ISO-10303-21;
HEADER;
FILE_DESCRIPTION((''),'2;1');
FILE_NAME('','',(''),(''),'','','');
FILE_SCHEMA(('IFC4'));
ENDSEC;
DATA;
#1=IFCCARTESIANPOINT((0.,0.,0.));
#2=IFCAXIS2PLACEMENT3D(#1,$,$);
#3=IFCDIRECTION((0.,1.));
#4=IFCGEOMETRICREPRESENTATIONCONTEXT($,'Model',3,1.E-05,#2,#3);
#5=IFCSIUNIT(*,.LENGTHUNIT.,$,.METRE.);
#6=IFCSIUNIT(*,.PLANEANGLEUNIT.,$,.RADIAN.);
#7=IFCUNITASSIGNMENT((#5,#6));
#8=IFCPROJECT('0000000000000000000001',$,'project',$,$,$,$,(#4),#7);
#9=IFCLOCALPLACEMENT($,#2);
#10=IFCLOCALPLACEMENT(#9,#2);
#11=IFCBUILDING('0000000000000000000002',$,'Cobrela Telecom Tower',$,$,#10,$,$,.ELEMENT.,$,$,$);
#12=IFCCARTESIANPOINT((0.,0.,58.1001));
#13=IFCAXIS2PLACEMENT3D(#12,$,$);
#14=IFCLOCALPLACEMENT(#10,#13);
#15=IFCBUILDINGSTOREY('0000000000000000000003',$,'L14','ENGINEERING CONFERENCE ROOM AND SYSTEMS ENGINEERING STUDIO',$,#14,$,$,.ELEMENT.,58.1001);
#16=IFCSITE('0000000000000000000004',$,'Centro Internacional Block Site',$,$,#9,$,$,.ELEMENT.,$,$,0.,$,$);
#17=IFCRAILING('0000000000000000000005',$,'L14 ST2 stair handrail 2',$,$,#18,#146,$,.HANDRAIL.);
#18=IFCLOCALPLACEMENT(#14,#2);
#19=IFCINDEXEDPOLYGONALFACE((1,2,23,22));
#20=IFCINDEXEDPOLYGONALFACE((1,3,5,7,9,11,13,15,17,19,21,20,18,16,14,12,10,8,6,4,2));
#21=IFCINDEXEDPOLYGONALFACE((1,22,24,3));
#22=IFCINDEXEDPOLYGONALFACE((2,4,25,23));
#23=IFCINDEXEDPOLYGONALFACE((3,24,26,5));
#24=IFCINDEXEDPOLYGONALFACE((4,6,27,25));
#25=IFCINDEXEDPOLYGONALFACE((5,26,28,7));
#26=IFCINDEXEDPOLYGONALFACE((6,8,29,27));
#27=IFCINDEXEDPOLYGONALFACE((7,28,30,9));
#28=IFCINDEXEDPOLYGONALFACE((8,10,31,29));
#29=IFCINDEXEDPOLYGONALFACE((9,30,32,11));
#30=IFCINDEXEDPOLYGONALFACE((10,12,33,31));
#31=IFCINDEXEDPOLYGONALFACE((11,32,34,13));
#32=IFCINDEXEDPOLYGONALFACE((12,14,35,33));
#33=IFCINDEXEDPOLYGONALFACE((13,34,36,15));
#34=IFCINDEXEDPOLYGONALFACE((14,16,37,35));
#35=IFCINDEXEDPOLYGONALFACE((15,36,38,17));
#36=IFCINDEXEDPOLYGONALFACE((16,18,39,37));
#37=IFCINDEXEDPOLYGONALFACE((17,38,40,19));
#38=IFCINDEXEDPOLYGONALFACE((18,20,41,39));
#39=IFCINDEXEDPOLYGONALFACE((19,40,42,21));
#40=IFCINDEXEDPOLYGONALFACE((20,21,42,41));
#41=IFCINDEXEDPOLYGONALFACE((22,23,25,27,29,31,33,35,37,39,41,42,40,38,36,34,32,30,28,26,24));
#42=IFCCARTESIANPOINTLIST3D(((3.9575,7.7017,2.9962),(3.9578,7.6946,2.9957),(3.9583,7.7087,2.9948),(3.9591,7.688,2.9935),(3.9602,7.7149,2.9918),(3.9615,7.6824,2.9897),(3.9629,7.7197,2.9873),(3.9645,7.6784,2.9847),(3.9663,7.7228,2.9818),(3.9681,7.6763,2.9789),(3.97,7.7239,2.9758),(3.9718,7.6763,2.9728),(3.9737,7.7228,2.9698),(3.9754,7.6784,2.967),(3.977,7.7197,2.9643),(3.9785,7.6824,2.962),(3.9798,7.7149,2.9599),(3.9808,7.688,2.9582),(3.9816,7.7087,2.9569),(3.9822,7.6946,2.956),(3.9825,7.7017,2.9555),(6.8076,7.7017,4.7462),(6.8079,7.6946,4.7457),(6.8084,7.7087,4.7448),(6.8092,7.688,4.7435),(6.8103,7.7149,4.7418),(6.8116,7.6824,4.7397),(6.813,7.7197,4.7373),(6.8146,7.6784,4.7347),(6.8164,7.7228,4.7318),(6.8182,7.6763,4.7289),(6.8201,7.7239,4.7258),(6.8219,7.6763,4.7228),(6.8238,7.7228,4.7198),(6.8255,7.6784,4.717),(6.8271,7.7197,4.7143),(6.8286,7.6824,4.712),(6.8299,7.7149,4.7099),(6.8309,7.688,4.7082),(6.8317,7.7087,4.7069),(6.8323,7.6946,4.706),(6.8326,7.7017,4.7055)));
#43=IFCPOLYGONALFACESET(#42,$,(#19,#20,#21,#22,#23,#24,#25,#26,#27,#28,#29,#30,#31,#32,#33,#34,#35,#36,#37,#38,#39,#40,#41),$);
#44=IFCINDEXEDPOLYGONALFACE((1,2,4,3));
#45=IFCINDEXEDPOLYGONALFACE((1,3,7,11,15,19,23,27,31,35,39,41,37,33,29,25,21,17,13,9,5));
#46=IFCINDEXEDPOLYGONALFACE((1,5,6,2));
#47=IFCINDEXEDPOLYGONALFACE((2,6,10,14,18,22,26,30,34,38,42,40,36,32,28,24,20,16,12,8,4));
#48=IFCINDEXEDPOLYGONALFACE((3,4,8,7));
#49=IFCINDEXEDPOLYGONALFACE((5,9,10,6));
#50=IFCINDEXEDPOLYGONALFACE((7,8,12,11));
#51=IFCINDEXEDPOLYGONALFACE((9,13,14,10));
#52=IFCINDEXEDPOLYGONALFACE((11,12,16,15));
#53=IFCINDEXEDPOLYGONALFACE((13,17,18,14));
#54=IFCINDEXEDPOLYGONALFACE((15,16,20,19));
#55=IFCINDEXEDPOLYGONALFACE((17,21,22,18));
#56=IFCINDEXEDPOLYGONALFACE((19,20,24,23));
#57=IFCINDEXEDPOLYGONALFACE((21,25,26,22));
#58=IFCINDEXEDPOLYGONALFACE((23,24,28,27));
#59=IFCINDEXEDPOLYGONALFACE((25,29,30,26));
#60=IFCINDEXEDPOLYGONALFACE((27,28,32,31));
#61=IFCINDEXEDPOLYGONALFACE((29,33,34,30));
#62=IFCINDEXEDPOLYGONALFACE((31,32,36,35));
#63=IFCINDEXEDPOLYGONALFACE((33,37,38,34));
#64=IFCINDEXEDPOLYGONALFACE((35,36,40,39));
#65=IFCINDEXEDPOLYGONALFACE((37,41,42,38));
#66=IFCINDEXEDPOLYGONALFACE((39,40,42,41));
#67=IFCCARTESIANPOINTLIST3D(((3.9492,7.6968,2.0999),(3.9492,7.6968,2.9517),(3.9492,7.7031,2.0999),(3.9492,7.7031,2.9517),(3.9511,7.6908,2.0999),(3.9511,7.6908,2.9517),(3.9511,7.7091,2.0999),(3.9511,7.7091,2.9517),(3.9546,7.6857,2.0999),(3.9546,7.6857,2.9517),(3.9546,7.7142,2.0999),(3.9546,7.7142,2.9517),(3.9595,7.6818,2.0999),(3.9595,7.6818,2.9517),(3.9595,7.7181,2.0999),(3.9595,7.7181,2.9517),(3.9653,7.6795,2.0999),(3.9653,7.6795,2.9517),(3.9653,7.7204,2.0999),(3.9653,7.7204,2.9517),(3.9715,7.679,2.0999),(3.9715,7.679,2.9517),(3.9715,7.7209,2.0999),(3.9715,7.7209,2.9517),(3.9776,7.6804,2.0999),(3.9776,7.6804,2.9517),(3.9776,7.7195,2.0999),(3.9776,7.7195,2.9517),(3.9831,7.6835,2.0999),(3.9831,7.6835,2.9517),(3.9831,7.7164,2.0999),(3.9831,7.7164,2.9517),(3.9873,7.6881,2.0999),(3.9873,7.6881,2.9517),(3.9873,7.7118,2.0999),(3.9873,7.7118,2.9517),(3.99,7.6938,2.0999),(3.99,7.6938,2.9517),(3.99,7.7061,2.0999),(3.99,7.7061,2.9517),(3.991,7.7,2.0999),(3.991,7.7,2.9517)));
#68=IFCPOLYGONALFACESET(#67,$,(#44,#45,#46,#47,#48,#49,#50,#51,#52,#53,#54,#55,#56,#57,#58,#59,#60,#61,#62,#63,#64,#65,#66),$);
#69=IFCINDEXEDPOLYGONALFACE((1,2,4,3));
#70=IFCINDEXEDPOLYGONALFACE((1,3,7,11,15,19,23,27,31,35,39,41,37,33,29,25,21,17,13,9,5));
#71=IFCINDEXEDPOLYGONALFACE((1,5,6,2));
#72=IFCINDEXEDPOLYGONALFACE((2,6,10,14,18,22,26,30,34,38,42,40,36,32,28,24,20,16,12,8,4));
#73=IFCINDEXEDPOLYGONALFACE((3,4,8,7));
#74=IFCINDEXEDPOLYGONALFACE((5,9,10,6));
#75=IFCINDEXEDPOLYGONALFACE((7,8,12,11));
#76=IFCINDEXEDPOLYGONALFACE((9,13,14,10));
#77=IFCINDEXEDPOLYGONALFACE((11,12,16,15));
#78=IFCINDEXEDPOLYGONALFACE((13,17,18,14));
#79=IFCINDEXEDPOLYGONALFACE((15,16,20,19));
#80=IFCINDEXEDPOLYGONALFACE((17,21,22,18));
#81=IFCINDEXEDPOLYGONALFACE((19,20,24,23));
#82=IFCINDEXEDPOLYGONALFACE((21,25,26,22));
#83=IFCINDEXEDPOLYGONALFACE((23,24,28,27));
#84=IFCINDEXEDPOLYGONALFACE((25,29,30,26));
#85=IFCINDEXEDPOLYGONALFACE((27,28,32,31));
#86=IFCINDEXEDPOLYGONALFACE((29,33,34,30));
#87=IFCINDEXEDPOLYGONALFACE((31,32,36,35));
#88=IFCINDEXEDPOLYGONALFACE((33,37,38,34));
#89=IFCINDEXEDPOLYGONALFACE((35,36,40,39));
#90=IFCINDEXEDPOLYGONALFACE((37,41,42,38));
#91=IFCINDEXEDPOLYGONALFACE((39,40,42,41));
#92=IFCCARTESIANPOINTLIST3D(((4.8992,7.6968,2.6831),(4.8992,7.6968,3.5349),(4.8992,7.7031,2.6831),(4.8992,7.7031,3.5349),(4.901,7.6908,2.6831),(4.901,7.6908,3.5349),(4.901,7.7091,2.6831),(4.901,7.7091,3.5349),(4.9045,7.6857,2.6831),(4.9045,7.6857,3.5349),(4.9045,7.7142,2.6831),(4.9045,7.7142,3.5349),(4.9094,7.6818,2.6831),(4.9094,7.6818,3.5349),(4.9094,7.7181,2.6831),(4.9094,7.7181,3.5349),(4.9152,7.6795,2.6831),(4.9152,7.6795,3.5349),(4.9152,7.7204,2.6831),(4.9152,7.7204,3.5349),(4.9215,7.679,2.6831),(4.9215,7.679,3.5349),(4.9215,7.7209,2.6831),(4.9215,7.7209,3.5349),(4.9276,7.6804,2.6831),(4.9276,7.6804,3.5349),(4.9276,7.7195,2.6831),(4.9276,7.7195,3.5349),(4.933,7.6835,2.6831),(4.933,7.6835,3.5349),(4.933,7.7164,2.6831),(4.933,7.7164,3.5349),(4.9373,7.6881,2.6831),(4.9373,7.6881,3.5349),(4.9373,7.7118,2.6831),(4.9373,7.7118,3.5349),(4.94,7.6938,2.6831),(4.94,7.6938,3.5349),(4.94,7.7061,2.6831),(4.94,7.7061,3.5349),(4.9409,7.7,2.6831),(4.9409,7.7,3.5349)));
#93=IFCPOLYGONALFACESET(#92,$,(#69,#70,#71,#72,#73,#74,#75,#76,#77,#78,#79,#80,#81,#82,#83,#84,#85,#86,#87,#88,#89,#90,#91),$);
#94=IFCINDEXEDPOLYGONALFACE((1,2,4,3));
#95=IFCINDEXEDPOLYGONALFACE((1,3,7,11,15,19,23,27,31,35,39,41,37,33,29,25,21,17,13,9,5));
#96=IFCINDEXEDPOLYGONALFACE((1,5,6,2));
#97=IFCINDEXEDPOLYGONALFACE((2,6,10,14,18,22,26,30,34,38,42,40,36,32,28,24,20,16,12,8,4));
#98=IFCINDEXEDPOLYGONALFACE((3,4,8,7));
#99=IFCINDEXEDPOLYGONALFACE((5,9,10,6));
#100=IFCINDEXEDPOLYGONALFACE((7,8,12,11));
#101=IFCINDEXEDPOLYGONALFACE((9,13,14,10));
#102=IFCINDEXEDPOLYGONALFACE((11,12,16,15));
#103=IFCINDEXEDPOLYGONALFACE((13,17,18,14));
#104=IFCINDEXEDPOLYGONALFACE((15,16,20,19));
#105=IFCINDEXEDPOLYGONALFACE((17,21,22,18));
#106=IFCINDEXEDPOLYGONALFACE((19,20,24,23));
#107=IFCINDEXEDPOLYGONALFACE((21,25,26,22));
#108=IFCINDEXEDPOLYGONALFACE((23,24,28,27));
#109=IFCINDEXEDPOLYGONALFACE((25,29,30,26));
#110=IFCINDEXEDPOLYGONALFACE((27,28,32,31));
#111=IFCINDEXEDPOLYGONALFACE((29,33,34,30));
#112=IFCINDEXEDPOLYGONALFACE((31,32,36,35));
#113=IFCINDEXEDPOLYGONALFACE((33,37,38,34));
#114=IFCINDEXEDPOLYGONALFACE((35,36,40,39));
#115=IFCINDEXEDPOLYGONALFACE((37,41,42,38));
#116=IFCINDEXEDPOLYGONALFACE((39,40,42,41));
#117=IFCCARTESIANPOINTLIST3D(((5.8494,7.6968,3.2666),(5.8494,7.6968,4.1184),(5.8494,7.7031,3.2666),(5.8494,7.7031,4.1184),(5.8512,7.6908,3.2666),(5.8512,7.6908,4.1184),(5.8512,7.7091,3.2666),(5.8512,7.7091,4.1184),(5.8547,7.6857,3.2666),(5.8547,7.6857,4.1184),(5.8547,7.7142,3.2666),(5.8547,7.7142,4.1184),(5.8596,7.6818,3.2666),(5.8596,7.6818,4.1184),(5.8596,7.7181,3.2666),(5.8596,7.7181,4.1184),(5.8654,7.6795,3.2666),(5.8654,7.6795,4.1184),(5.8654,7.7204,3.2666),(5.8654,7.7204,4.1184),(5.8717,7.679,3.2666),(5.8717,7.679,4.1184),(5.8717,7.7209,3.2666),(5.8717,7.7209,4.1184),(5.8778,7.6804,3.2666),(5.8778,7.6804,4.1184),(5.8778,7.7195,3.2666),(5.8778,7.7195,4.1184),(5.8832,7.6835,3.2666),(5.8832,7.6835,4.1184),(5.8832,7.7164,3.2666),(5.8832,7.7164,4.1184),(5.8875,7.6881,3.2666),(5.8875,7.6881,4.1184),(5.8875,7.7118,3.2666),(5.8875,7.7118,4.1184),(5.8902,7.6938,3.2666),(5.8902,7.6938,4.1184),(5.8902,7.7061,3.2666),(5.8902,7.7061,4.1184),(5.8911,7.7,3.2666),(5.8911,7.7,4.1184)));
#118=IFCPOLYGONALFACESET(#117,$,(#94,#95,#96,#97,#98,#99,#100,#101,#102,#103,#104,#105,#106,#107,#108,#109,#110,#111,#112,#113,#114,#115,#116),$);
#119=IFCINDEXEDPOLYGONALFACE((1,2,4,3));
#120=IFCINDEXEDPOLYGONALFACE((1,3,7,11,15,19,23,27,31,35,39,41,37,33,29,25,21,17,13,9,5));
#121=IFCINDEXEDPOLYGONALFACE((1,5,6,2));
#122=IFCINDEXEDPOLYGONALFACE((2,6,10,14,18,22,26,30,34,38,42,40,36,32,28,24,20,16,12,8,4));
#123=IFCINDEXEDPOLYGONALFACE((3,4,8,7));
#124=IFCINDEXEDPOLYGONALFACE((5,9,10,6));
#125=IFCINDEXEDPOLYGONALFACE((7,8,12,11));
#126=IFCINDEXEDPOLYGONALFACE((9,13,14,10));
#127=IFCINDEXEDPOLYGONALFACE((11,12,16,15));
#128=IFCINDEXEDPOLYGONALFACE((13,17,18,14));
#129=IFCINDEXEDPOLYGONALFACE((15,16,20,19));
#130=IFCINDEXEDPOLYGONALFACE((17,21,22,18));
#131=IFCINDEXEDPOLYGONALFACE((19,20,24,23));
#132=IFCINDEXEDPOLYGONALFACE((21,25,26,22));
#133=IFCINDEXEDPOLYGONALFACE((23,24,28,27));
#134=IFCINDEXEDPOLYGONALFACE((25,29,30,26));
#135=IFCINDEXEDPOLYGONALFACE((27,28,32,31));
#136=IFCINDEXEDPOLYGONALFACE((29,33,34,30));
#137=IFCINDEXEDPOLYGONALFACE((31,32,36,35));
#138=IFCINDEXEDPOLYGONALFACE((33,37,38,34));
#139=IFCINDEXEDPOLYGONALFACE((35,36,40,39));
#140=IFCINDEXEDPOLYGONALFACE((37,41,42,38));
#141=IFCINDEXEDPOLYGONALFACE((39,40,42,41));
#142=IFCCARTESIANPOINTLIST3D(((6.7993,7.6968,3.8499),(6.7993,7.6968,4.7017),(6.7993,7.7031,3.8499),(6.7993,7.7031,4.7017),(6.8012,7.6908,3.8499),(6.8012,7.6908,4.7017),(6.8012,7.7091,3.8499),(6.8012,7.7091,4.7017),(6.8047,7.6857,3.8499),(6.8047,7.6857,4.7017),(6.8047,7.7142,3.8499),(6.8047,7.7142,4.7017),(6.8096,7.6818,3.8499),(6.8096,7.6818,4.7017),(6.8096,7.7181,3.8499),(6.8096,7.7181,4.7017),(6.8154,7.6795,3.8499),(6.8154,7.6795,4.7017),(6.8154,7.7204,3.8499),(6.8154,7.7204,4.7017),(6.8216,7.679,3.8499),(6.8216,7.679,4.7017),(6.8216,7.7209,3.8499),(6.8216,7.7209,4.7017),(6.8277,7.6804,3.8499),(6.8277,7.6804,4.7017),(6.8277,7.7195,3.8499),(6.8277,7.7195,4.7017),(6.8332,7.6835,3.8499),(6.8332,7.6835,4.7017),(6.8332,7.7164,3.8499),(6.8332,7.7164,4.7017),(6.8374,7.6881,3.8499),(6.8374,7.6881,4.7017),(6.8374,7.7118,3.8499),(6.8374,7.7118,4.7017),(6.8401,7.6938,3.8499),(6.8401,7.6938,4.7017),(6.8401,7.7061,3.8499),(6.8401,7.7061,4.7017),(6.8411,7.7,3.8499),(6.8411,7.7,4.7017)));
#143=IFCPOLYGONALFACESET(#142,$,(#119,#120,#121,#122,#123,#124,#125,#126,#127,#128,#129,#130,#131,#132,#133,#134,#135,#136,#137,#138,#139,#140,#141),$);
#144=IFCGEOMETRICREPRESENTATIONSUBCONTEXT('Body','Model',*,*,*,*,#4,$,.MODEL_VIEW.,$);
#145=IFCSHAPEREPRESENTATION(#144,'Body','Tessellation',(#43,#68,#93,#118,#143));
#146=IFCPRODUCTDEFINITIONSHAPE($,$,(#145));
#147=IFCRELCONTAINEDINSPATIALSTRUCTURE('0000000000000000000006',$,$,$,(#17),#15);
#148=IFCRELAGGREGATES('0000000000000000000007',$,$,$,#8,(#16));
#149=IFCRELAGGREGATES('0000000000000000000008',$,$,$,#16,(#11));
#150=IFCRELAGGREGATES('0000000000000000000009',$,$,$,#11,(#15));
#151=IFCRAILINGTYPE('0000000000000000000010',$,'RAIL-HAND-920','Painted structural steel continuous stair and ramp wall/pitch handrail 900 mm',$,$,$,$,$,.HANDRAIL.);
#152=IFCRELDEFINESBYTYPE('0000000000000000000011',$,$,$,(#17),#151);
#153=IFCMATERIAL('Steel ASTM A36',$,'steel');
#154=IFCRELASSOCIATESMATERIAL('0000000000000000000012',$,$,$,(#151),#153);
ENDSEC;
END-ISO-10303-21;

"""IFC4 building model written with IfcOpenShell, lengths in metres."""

from ifc_helpers import new_model, si_unit, direction, frame, origin, origin_2d, place, context, subcontext, project, spatial, circle, extrude, material, type_object, element, save


model = new_model("IFC4")

# Units and contexts
model_context = context("Model", 3, precision=1e-05, world=origin(), true_north=direction((0.0, 1.0)))
body_context = subcontext(model_context, "Body", "Model", "MODEL_VIEW")
ifc_project = project(units=[si_unit("LENGTHUNIT", "METRE"), si_unit("PLANEANGLEUNIT", "RADIAN")], contexts=[model_context])

# Site, building, storey
site_placement = place(None, origin())
site = spatial("IfcSite", under=ifc_project, at=site_placement, Name="Centro Internacional Block Site", CompositionType="ELEMENT", RefElevation=0.0)
building_placement = place(site_placement, origin())
building = spatial("IfcBuilding", under=site, at=building_placement, Name="Cobrela Telecom Tower", CompositionType="ELEMENT")
storey_placement = place(building_placement, frame((0.0, 0.0, 58.1001)))
storey = spatial("IfcBuildingStorey", under=building, at=storey_placement, Name="L14", Description="ENGINEERING CONFERENCE ROOM AND SYSTEMS ENGINEERING STUDIO", CompositionType="ELEMENT", Elevation=58.1001)

# Railing
ifc_material_1 = material(Name="Steel ASTM A36", Category="steel")
railing_type_1 = type_object("IfcRailingType", Name="RAIL-HAND-920", Description="Painted structural steel continuous stair and ramp wall/pitch handrail 900 mm", PredefinedType="HANDRAIL", material=ifc_material_1)
railing_1_placement = place(storey_placement, frame((3.97, 7.7, 2.0999)))
element("IfcRailing", 1, at=railing_1_placement, inside=storey, type_object=railing_type_1, Name="L14 ST2 stair handrail 2", PredefinedType="HANDRAIL", context=body_context, shape_type="SweptSolid", body=[
    extrude(circle(Radius=0.0239, at=origin_2d()), frame((0.0, 0.0, 0.876), z_axis=(0.852179, 0.0, 0.52325), x_axis=(0.0, 1.0, 0.0)), (0.0, 0.0, 1.0), 3.3445),
    extrude(circle(Radius=0.021, at=origin_2d()), origin(), (0.0, 0.0, 1.0), 0.8518),
    extrude(circle(Radius=0.021, at=origin_2d()), frame((0.95, 0.0, 0.5833)), (0.0, 0.0, 1.0), 0.8518),
    extrude(circle(Radius=0.021, at=origin_2d()), frame((1.9001, 0.0, 1.1667)), (0.0, 0.0, 1.0), 0.8518),
    extrude(circle(Radius=0.021, at=origin_2d()), frame((2.8501, 0.0, 1.75)), (0.0, 0.0, 1.0), 0.8518),
])

save(model, "model.ifc")
